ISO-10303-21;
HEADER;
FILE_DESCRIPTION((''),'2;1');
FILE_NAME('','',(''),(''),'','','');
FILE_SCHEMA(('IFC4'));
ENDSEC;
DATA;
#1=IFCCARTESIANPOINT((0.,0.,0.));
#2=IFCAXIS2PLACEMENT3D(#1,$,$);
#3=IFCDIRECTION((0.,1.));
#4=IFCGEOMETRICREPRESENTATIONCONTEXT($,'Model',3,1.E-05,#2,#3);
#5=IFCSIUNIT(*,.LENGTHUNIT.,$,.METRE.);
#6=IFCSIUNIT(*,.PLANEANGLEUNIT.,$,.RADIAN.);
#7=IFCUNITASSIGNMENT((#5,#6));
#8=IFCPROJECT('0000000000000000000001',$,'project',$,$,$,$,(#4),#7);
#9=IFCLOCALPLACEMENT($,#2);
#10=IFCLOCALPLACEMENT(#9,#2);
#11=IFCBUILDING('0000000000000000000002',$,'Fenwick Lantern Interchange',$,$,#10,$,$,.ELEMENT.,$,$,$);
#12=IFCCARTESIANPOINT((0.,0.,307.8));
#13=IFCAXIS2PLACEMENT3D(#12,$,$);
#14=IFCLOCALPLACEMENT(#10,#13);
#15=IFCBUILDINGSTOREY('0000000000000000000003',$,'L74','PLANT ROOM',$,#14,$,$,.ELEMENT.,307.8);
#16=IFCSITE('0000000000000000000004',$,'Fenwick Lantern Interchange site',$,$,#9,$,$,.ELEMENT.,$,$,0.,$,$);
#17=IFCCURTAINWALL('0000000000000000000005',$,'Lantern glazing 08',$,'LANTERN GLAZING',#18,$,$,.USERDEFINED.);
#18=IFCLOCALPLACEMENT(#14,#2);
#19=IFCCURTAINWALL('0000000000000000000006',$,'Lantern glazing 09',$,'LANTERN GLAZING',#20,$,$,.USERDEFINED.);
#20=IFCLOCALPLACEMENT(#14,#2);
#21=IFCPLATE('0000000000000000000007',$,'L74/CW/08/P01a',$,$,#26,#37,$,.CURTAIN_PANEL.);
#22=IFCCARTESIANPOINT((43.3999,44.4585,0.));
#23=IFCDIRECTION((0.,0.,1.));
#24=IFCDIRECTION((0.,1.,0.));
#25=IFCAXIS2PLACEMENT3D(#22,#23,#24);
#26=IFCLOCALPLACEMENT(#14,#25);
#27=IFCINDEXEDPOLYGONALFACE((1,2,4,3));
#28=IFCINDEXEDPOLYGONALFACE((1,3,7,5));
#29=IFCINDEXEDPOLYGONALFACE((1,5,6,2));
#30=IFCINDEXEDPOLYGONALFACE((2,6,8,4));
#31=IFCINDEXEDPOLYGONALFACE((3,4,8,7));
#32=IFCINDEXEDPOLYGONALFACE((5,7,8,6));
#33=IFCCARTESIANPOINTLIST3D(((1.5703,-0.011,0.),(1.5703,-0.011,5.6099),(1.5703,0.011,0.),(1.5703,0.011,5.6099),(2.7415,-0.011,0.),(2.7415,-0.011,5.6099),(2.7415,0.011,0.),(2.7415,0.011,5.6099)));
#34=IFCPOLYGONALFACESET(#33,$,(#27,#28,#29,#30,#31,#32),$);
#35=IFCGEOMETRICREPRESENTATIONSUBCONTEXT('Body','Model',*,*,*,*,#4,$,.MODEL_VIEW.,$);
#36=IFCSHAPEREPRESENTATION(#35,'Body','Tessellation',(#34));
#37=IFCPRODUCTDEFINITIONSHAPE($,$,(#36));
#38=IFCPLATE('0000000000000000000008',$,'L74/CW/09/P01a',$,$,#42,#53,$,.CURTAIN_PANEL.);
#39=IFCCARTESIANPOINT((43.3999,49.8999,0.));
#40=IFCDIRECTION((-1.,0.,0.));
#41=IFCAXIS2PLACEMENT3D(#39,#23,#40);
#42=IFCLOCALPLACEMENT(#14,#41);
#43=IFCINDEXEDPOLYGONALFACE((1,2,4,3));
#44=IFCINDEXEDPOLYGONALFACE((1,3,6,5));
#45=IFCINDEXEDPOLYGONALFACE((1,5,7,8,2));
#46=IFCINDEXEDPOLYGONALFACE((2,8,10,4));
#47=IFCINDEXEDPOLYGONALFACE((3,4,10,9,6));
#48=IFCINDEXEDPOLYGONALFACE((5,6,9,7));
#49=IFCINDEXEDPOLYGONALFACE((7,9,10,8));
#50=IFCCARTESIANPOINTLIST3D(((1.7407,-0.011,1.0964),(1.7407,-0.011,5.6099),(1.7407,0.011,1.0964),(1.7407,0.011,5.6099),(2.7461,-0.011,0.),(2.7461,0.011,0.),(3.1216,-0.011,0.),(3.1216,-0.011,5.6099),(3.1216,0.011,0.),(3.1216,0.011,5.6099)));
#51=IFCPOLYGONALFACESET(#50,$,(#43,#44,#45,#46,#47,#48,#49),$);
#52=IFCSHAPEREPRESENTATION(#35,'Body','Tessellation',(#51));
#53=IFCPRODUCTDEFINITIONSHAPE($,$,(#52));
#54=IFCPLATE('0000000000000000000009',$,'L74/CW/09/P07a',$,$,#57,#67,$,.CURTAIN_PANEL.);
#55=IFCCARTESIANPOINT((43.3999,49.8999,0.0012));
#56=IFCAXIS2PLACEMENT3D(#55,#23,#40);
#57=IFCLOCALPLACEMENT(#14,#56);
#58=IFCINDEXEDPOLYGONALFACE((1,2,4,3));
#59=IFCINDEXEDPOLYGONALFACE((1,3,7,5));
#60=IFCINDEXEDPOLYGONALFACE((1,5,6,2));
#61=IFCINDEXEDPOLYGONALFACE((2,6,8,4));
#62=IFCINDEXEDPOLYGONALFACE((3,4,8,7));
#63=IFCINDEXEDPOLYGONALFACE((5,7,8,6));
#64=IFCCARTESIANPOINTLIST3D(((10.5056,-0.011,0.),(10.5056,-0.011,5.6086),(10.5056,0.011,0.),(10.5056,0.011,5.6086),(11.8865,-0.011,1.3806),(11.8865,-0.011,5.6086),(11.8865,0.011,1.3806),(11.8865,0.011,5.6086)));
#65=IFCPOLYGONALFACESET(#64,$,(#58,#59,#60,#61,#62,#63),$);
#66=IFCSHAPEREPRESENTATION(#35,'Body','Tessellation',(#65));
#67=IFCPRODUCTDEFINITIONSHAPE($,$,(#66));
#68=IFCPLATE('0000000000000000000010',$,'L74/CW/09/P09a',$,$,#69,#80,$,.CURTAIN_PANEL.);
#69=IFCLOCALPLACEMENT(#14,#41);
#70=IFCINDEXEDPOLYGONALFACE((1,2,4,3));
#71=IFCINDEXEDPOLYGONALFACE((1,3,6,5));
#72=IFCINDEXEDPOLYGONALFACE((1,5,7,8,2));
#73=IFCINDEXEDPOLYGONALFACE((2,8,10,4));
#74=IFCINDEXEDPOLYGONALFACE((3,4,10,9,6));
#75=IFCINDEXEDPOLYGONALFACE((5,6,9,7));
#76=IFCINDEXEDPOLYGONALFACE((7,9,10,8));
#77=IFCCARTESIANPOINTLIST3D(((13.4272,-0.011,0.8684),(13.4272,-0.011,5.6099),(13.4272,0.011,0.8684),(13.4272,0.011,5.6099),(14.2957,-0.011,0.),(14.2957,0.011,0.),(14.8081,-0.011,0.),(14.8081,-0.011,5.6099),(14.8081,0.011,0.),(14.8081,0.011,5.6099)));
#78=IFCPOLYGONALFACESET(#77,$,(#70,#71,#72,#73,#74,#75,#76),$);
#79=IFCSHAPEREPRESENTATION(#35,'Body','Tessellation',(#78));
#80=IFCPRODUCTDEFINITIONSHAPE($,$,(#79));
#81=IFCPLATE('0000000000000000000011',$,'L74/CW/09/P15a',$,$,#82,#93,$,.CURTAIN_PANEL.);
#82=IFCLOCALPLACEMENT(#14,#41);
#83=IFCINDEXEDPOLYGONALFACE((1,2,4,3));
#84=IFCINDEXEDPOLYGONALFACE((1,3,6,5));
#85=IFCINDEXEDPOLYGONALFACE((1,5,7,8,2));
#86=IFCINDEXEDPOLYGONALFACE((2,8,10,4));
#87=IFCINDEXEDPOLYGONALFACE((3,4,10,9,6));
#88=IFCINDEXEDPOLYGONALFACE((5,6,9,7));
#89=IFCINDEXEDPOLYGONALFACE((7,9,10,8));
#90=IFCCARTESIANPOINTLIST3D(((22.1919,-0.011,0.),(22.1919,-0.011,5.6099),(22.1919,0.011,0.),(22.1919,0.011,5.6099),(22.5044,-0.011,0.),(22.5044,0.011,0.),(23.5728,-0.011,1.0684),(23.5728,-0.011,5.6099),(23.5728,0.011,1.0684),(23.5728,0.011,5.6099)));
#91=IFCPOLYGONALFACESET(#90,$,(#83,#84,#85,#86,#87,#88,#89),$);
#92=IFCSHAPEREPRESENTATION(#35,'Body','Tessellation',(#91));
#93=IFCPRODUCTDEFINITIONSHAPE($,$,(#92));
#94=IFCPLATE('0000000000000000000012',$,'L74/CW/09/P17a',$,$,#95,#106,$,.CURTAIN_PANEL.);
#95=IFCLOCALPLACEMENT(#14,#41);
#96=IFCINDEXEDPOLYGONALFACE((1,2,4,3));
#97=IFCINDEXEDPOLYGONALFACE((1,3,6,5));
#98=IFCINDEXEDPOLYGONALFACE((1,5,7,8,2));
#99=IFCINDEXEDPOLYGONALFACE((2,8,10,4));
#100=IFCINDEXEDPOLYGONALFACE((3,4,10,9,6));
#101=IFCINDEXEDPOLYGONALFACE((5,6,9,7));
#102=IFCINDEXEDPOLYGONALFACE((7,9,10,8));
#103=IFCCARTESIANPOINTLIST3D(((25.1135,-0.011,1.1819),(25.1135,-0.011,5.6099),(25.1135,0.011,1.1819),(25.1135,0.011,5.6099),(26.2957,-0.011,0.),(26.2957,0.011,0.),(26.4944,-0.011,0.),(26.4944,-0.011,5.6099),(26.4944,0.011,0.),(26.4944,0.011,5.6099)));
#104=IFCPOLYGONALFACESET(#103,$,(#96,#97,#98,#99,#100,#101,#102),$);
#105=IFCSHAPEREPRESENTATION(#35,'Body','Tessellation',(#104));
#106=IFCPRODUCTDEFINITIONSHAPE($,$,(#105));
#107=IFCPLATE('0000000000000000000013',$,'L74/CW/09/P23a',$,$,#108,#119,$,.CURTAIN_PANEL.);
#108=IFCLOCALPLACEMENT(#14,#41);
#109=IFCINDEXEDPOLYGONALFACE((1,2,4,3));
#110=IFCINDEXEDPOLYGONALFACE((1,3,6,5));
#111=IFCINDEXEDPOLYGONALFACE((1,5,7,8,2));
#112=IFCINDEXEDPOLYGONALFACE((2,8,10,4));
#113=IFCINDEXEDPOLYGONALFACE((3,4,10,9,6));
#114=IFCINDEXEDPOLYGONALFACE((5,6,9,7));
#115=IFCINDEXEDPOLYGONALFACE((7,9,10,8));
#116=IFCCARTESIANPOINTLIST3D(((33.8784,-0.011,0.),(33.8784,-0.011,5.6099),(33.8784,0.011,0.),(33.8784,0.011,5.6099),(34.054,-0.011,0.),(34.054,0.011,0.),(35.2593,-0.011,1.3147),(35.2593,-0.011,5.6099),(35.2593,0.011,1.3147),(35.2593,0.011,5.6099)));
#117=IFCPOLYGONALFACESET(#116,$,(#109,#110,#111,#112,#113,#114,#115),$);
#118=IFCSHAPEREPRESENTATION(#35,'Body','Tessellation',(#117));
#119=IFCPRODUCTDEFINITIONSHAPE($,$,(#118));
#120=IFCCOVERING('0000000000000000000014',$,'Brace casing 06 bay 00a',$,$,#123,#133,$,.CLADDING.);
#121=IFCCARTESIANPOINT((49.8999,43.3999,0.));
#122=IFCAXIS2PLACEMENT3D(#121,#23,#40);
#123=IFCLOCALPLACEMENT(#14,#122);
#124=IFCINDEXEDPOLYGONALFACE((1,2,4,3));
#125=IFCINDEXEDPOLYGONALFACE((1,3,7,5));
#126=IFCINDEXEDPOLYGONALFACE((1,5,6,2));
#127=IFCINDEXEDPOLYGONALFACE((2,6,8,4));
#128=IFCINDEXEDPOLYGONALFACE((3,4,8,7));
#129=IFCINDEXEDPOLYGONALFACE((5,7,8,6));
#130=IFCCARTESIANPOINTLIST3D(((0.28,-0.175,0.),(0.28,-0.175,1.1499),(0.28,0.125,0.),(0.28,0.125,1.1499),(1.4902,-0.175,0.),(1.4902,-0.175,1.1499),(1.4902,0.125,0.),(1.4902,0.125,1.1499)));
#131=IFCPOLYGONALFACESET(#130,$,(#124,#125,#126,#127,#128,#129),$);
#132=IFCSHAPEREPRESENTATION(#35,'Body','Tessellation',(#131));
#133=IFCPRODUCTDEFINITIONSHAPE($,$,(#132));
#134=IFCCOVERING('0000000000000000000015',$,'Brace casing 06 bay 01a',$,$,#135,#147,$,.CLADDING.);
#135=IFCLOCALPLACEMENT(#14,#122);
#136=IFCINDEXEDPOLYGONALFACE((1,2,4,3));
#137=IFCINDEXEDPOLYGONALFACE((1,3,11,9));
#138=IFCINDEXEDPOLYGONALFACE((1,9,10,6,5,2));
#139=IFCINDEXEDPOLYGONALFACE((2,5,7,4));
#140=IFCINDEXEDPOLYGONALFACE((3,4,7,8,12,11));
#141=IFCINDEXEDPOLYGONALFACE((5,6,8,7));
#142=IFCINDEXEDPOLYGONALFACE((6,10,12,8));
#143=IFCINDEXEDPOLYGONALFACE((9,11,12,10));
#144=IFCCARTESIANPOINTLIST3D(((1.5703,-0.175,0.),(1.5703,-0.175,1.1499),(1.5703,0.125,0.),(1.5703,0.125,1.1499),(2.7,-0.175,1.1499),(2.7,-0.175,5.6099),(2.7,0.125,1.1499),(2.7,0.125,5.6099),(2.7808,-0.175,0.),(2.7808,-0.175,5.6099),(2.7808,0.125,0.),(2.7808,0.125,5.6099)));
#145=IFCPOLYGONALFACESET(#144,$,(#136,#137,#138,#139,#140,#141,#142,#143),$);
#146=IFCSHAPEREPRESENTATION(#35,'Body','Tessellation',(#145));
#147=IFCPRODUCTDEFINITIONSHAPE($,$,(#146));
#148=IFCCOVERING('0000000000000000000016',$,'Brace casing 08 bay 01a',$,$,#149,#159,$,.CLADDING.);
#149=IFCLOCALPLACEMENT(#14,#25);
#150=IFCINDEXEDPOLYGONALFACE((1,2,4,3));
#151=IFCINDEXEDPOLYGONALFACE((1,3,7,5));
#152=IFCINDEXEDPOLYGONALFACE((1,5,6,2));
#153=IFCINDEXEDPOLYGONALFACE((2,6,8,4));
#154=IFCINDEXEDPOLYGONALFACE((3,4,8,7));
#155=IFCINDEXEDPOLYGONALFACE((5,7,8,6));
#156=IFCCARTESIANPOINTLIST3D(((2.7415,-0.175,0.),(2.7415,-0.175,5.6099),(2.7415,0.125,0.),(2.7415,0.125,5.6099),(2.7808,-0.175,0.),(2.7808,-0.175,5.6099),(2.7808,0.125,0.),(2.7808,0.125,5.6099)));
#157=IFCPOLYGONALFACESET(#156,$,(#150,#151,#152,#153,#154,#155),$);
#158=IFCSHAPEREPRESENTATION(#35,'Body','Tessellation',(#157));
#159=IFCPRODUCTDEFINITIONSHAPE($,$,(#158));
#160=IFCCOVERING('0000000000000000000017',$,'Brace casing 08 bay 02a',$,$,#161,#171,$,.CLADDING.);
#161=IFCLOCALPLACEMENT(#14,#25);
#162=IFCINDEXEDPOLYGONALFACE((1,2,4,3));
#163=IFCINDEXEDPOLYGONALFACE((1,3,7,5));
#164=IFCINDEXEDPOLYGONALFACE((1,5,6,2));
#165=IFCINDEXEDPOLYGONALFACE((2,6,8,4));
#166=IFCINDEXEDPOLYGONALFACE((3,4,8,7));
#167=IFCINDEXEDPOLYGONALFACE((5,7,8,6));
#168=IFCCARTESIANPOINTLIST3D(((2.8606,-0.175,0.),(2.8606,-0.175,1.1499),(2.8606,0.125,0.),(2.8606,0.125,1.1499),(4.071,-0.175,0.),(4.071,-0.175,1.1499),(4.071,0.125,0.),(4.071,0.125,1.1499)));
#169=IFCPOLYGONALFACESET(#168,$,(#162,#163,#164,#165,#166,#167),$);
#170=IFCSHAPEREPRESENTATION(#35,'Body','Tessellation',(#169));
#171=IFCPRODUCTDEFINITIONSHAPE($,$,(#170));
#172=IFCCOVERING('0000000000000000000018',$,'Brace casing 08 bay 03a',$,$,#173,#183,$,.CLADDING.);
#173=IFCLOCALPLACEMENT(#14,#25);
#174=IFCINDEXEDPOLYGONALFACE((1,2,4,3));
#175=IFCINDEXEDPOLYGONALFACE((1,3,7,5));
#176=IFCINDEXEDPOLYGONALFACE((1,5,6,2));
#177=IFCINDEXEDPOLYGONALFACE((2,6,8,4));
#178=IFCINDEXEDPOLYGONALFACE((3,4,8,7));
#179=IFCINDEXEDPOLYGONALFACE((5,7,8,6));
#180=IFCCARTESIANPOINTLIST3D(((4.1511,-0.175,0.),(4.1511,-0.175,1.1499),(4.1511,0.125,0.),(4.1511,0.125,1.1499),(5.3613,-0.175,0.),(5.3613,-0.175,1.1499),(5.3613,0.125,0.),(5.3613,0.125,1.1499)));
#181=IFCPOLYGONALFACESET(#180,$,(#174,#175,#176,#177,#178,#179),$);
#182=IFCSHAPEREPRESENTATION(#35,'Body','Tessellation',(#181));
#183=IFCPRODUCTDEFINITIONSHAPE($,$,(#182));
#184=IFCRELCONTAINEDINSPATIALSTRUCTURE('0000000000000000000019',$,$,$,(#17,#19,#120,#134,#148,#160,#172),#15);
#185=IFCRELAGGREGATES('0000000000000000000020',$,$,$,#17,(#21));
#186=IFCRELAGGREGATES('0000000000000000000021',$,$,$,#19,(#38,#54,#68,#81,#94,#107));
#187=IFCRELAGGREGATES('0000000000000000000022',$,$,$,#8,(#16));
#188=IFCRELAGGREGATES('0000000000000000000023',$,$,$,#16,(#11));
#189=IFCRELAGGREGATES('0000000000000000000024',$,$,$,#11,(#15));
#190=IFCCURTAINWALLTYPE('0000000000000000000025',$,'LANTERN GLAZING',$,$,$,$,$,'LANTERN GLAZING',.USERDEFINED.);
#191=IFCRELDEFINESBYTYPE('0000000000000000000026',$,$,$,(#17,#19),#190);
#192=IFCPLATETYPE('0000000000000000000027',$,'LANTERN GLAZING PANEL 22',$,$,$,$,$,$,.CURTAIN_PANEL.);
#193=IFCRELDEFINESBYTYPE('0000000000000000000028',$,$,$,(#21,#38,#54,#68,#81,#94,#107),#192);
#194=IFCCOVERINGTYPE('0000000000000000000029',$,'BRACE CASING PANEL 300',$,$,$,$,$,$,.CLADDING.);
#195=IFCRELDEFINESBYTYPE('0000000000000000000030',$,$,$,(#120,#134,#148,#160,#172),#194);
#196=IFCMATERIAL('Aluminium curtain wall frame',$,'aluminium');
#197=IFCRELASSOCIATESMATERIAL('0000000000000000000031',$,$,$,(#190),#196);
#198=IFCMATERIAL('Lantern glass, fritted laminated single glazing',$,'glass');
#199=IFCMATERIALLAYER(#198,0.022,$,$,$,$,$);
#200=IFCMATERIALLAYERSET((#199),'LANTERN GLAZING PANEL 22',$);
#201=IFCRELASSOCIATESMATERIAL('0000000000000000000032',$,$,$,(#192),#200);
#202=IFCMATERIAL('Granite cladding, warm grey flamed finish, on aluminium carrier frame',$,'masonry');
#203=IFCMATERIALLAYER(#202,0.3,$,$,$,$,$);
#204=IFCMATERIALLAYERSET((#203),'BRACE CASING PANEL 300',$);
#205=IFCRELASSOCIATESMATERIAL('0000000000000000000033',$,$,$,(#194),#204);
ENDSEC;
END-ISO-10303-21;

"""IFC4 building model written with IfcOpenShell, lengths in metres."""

from ifc_helpers import new_model, si_unit, direction, frame, origin, place, context, subcontext, project, spatial, polyline, outline, extrude, material, layer, layer_set, type_object, element, aggregate, save


model = new_model("IFC4")

# Units and contexts
model_context = context("Model", 3, precision=1e-05, world=origin(), true_north=direction((0.0, 1.0)))
body_context = subcontext(model_context, "Body", "Model", "MODEL_VIEW")
ifc_project = project(units=[si_unit("LENGTHUNIT", "METRE"), si_unit("PLANEANGLEUNIT", "RADIAN")], contexts=[model_context])

# Site, building, storey
site_placement = place(None, origin())
site = spatial("IfcSite", under=ifc_project, at=site_placement, Name="Fenwick Lantern Interchange site", CompositionType="ELEMENT", RefElevation=0.0)
building_placement = place(site_placement, origin())
building = spatial("IfcBuilding", under=site, at=building_placement, Name="Fenwick Lantern Interchange", CompositionType="ELEMENT")
storey_placement = place(building_placement, frame((0.0, 0.0, 307.8)))
storey = spatial("IfcBuildingStorey", under=building, at=storey_placement, Name="L74", Description="PLANT ROOM", CompositionType="ELEMENT", Elevation=307.8)

# Curtain walls
ifc_material_1 = material(Name="Aluminium curtain wall frame", Category="aluminium")
curtain_wall_type = type_object("IfcCurtainWallType", Name="LANTERN GLAZING", ElementType="LANTERN GLAZING", PredefinedType="USERDEFINED", material=ifc_material_1)
curtain_wall_1_placement = place(storey_placement, origin())
curtain_wall_1 = element("IfcCurtainWall", 1, at=curtain_wall_1_placement, inside=storey, type_object=curtain_wall_type, Name="Lantern glazing 08", ObjectType="LANTERN GLAZING", PredefinedType="USERDEFINED")
curtain_wall_2_placement = place(storey_placement, origin())
curtain_wall_2 = element("IfcCurtainWall", 2, at=curtain_wall_2_placement, inside=storey, type_object=curtain_wall_type, Name="Lantern glazing 09", ObjectType="LANTERN GLAZING", PredefinedType="USERDEFINED")

# Plates
ifc_material_2 = material(Name="Lantern glass, fritted laminated single glazing", Category="glass")
ifc_layer_1 = layer(ifc_material_2, 0.022)
ifc_layer_set_1 = layer_set([ifc_layer_1], Name="LANTERN GLAZING PANEL 22")
plate_type = type_object("IfcPlateType", Name="LANTERN GLAZING PANEL 22", PredefinedType="CURTAIN_PANEL", material=ifc_layer_set_1)
plate_1_placement = place(storey_placement, frame((43.3999, 44.4585, 0.0), z_axis=(0.0, 0.0, 1.0), x_axis=(0.0, 1.0, 0.0)))
plate_1 = element("IfcPlate", 3, at=plate_1_placement, type_object=plate_type, Name="L74/CW/08/P01a", PredefinedType="CURTAIN_PANEL", context=body_context, shape_type="SweptSolid", body=[
    extrude(outline(polyline([(1.5703, 0.0), (2.7415, 0.0), (2.7415, 5.6099), (1.5703, 5.6099), (1.5703, 0.0)])), frame((0.0, 0.011, 0.0), z_axis=(0.0, -1.0, 0.0), x_axis=(1.0, 0.0, 0.0)), (0.0, 0.0, 1.0), 0.022),
])
aggregate(curtain_wall_1, [plate_1])
plate_2_placement = place(storey_placement, frame((43.3999, 49.8999, 0.0), z_axis=(0.0, 0.0, 1.0), x_axis=(-1.0, 0.0, 0.0)))
plate_2 = element("IfcPlate", 4, at=plate_2_placement, type_object=plate_type, Name="L74/CW/09/P01a", PredefinedType="CURTAIN_PANEL", context=body_context, shape_type="SweptSolid", body=[
    extrude(outline(polyline([(2.7461, 0.0), (3.1216, 0.0), (3.1216, 5.6099), (1.7407, 5.6099), (1.7407, 1.0964), (2.7461, 0.0)])), frame((0.0, 0.011, 0.0), z_axis=(0.0, -1.0, 0.0), x_axis=(1.0, 0.0, 0.0)), (0.0, 0.0, 1.0), 0.022),
])
plate_3_placement = place(storey_placement, frame((43.3999, 49.8999, 0.0012), z_axis=(0.0, 0.0, 1.0), x_axis=(-1.0, 0.0, 0.0)))
plate_3 = element("IfcPlate", 5, at=plate_3_placement, type_object=plate_type, Name="L74/CW/09/P07a", PredefinedType="CURTAIN_PANEL", context=body_context, shape_type="SweptSolid", body=[
    extrude(outline(polyline([(10.5056, 0.0), (11.8865, 1.3806), (11.8865, 5.6086), (10.5056, 5.6086), (10.5056, 0.0)])), frame((0.0, 0.011, 0.0), z_axis=(0.0, -1.0, 0.0), x_axis=(1.0, 0.0, 0.0)), (0.0, 0.0, 1.0), 0.022),
])
plate_4_placement = place(storey_placement, frame((43.3999, 49.8999, 0.0), z_axis=(0.0, 0.0, 1.0), x_axis=(-1.0, 0.0, 0.0)))
plate_4 = element("IfcPlate", 6, at=plate_4_placement, type_object=plate_type, Name="L74/CW/09/P09a", PredefinedType="CURTAIN_PANEL", context=body_context, shape_type="SweptSolid", body=[
    extrude(outline(polyline([(14.2957, 0.0), (14.8081, 0.0), (14.8081, 5.6099), (13.4272, 5.6099), (13.4272, 0.8684), (14.2957, 0.0)])), frame((0.0, 0.011, 0.0), z_axis=(0.0, -1.0, 0.0), x_axis=(1.0, 0.0, 0.0)), (0.0, 0.0, 1.0), 0.022),
])
plate_5_placement = place(storey_placement, frame((43.3999, 49.8999, 0.0), z_axis=(0.0, 0.0, 1.0), x_axis=(-1.0, 0.0, 0.0)))
plate_5 = element("IfcPlate", 7, at=plate_5_placement, type_object=plate_type, Name="L74/CW/09/P15a", PredefinedType="CURTAIN_PANEL", context=body_context, shape_type="SweptSolid", body=[
    extrude(outline(polyline([(22.1919, 0.0), (22.5044, 0.0), (23.5728, 1.0684), (23.5728, 5.6099), (22.1919, 5.6099), (22.1919, 0.0)])), frame((0.0, 0.011, 0.0), z_axis=(0.0, -1.0, 0.0), x_axis=(1.0, 0.0, 0.0)), (0.0, 0.0, 1.0), 0.022),
])
plate_6_placement = place(storey_placement, frame((43.3999, 49.8999, 0.0), z_axis=(0.0, 0.0, 1.0), x_axis=(-1.0, 0.0, 0.0)))
plate_6 = element("IfcPlate", 8, at=plate_6_placement, type_object=plate_type, Name="L74/CW/09/P17a", PredefinedType="CURTAIN_PANEL", context=body_context, shape_type="SweptSolid", body=[
    extrude(outline(polyline([(26.2957, 0.0), (26.4944, 0.0), (26.4944, 5.6099), (25.1135, 5.6099), (25.1135, 1.1819), (26.2957, 0.0)])), frame((0.0, 0.011, 0.0), z_axis=(0.0, -1.0, 0.0), x_axis=(1.0, 0.0, 0.0)), (0.0, 0.0, 1.0), 0.022),
])
plate_7_placement = place(storey_placement, frame((43.3999, 49.8999, 0.0), z_axis=(0.0, 0.0, 1.0), x_axis=(-1.0, 0.0, 0.0)))
plate_7 = element("IfcPlate", 9, at=plate_7_placement, type_object=plate_type, Name="L74/CW/09/P23a", PredefinedType="CURTAIN_PANEL", context=body_context, shape_type="SweptSolid", body=[
    extrude(outline(polyline([(33.8784, 0.0), (34.054, 0.0), (35.2593, 1.3147), (35.2593, 5.6099), (33.8784, 5.6099), (33.8784, 0.0)])), frame((0.0, 0.011, 0.0), z_axis=(0.0, -1.0, 0.0), x_axis=(1.0, 0.0, 0.0)), (0.0, 0.0, 1.0), 0.022),
])
aggregate(curtain_wall_2, [plate_2, plate_3, plate_4, plate_5, plate_6, plate_7])

# Coverings
ifc_material_3 = material(Name="Granite cladding, warm grey flamed finish, on aluminium carrier frame", Category="masonry")
ifc_layer_2 = layer(ifc_material_3, 0.3)
ifc_layer_set_2 = layer_set([ifc_layer_2], Name="BRACE CASING PANEL 300")
covering_type = type_object("IfcCoveringType", Name="BRACE CASING PANEL 300", PredefinedType="CLADDING", material=ifc_layer_set_2)
covering_1_placement = place(storey_placement, frame((49.8999, 43.3999, 0.0), z_axis=(0.0, 0.0, 1.0), x_axis=(-1.0, 0.0, 0.0)))
element("IfcCovering", 10, at=covering_1_placement, inside=storey, type_object=covering_type, Name="Brace casing 06 bay 00a", PredefinedType="CLADDING", context=body_context, shape_type="SweptSolid", body=[
    extrude(outline(polyline([(0.28, 0.0), (1.4902, 0.0), (1.4902, 1.1499), (0.28, 1.1499), (0.28, 0.0)])), frame((0.0, 0.125, 0.0), z_axis=(0.0, -1.0, 0.0), x_axis=(1.0, 0.0, 0.0)), (0.0, 0.0, 1.0), 0.3),
])
covering_2_placement = place(storey_placement, frame((49.8999, 43.3999, 0.0), z_axis=(0.0, 0.0, 1.0), x_axis=(-1.0, 0.0, 0.0)))
element("IfcCovering", 11, at=covering_2_placement, inside=storey, type_object=covering_type, Name="Brace casing 06 bay 01a", PredefinedType="CLADDING", context=body_context, shape_type="SweptSolid", body=[
    extrude(outline(polyline([(1.5703, 0.0), (2.7808, 0.0), (2.7808, 5.6099), (2.7, 5.6099), (2.7, 1.1499), (1.5703, 1.1499), (1.5703, 0.0)])), frame((0.0, 0.125, 0.0), z_axis=(0.0, -1.0, 0.0), x_axis=(1.0, 0.0, 0.0)), (0.0, 0.0, 1.0), 0.3),
])
covering_3_placement = place(storey_placement, frame((43.3999, 44.4585, 0.0), z_axis=(0.0, 0.0, 1.0), x_axis=(0.0, 1.0, 0.0)))
element("IfcCovering", 12, at=covering_3_placement, inside=storey, type_object=covering_type, Name="Brace casing 08 bay 01a", PredefinedType="CLADDING", context=body_context, shape_type="SweptSolid", body=[
    extrude(outline(polyline([(2.7415, 0.0), (2.7808, 0.0), (2.7808, 5.6099), (2.7415, 5.6099), (2.7415, 0.0)])), frame((0.0, 0.125, 0.0), z_axis=(0.0, -1.0, 0.0), x_axis=(1.0, 0.0, 0.0)), (0.0, 0.0, 1.0), 0.3),
])
covering_4_placement = place(storey_placement, frame((43.3999, 44.4585, 0.0), z_axis=(0.0, 0.0, 1.0), x_axis=(0.0, 1.0, 0.0)))
element("IfcCovering", 13, at=covering_4_placement, inside=storey, type_object=covering_type, Name="Brace casing 08 bay 02a", PredefinedType="CLADDING", context=body_context, shape_type="SweptSolid", body=[
    extrude(outline(polyline([(2.8606, 0.0), (4.071, 0.0), (4.071, 1.1499), (2.8606, 1.1499), (2.8606, 0.0)])), frame((0.0, 0.125, 0.0), z_axis=(0.0, -1.0, 0.0), x_axis=(1.0, 0.0, 0.0)), (0.0, 0.0, 1.0), 0.3),
])
covering_5_placement = place(storey_placement, frame((43.3999, 44.4585, 0.0), z_axis=(0.0, 0.0, 1.0), x_axis=(0.0, 1.0, 0.0)))
element("IfcCovering", 14, at=covering_5_placement, inside=storey, type_object=covering_type, Name="Brace casing 08 bay 03a", PredefinedType="CLADDING", context=body_context, shape_type="SweptSolid", body=[
    extrude(outline(polyline([(4.1511, 0.0), (5.3613, 0.0), (5.3613, 1.1499), (4.1511, 1.1499), (4.1511, 0.0)])), frame((0.0, 0.125, 0.0), z_axis=(0.0, -1.0, 0.0), x_axis=(1.0, 0.0, 0.0)), (0.0, 0.0, 1.0), 0.3),
])

save(model, "model.ifc")
